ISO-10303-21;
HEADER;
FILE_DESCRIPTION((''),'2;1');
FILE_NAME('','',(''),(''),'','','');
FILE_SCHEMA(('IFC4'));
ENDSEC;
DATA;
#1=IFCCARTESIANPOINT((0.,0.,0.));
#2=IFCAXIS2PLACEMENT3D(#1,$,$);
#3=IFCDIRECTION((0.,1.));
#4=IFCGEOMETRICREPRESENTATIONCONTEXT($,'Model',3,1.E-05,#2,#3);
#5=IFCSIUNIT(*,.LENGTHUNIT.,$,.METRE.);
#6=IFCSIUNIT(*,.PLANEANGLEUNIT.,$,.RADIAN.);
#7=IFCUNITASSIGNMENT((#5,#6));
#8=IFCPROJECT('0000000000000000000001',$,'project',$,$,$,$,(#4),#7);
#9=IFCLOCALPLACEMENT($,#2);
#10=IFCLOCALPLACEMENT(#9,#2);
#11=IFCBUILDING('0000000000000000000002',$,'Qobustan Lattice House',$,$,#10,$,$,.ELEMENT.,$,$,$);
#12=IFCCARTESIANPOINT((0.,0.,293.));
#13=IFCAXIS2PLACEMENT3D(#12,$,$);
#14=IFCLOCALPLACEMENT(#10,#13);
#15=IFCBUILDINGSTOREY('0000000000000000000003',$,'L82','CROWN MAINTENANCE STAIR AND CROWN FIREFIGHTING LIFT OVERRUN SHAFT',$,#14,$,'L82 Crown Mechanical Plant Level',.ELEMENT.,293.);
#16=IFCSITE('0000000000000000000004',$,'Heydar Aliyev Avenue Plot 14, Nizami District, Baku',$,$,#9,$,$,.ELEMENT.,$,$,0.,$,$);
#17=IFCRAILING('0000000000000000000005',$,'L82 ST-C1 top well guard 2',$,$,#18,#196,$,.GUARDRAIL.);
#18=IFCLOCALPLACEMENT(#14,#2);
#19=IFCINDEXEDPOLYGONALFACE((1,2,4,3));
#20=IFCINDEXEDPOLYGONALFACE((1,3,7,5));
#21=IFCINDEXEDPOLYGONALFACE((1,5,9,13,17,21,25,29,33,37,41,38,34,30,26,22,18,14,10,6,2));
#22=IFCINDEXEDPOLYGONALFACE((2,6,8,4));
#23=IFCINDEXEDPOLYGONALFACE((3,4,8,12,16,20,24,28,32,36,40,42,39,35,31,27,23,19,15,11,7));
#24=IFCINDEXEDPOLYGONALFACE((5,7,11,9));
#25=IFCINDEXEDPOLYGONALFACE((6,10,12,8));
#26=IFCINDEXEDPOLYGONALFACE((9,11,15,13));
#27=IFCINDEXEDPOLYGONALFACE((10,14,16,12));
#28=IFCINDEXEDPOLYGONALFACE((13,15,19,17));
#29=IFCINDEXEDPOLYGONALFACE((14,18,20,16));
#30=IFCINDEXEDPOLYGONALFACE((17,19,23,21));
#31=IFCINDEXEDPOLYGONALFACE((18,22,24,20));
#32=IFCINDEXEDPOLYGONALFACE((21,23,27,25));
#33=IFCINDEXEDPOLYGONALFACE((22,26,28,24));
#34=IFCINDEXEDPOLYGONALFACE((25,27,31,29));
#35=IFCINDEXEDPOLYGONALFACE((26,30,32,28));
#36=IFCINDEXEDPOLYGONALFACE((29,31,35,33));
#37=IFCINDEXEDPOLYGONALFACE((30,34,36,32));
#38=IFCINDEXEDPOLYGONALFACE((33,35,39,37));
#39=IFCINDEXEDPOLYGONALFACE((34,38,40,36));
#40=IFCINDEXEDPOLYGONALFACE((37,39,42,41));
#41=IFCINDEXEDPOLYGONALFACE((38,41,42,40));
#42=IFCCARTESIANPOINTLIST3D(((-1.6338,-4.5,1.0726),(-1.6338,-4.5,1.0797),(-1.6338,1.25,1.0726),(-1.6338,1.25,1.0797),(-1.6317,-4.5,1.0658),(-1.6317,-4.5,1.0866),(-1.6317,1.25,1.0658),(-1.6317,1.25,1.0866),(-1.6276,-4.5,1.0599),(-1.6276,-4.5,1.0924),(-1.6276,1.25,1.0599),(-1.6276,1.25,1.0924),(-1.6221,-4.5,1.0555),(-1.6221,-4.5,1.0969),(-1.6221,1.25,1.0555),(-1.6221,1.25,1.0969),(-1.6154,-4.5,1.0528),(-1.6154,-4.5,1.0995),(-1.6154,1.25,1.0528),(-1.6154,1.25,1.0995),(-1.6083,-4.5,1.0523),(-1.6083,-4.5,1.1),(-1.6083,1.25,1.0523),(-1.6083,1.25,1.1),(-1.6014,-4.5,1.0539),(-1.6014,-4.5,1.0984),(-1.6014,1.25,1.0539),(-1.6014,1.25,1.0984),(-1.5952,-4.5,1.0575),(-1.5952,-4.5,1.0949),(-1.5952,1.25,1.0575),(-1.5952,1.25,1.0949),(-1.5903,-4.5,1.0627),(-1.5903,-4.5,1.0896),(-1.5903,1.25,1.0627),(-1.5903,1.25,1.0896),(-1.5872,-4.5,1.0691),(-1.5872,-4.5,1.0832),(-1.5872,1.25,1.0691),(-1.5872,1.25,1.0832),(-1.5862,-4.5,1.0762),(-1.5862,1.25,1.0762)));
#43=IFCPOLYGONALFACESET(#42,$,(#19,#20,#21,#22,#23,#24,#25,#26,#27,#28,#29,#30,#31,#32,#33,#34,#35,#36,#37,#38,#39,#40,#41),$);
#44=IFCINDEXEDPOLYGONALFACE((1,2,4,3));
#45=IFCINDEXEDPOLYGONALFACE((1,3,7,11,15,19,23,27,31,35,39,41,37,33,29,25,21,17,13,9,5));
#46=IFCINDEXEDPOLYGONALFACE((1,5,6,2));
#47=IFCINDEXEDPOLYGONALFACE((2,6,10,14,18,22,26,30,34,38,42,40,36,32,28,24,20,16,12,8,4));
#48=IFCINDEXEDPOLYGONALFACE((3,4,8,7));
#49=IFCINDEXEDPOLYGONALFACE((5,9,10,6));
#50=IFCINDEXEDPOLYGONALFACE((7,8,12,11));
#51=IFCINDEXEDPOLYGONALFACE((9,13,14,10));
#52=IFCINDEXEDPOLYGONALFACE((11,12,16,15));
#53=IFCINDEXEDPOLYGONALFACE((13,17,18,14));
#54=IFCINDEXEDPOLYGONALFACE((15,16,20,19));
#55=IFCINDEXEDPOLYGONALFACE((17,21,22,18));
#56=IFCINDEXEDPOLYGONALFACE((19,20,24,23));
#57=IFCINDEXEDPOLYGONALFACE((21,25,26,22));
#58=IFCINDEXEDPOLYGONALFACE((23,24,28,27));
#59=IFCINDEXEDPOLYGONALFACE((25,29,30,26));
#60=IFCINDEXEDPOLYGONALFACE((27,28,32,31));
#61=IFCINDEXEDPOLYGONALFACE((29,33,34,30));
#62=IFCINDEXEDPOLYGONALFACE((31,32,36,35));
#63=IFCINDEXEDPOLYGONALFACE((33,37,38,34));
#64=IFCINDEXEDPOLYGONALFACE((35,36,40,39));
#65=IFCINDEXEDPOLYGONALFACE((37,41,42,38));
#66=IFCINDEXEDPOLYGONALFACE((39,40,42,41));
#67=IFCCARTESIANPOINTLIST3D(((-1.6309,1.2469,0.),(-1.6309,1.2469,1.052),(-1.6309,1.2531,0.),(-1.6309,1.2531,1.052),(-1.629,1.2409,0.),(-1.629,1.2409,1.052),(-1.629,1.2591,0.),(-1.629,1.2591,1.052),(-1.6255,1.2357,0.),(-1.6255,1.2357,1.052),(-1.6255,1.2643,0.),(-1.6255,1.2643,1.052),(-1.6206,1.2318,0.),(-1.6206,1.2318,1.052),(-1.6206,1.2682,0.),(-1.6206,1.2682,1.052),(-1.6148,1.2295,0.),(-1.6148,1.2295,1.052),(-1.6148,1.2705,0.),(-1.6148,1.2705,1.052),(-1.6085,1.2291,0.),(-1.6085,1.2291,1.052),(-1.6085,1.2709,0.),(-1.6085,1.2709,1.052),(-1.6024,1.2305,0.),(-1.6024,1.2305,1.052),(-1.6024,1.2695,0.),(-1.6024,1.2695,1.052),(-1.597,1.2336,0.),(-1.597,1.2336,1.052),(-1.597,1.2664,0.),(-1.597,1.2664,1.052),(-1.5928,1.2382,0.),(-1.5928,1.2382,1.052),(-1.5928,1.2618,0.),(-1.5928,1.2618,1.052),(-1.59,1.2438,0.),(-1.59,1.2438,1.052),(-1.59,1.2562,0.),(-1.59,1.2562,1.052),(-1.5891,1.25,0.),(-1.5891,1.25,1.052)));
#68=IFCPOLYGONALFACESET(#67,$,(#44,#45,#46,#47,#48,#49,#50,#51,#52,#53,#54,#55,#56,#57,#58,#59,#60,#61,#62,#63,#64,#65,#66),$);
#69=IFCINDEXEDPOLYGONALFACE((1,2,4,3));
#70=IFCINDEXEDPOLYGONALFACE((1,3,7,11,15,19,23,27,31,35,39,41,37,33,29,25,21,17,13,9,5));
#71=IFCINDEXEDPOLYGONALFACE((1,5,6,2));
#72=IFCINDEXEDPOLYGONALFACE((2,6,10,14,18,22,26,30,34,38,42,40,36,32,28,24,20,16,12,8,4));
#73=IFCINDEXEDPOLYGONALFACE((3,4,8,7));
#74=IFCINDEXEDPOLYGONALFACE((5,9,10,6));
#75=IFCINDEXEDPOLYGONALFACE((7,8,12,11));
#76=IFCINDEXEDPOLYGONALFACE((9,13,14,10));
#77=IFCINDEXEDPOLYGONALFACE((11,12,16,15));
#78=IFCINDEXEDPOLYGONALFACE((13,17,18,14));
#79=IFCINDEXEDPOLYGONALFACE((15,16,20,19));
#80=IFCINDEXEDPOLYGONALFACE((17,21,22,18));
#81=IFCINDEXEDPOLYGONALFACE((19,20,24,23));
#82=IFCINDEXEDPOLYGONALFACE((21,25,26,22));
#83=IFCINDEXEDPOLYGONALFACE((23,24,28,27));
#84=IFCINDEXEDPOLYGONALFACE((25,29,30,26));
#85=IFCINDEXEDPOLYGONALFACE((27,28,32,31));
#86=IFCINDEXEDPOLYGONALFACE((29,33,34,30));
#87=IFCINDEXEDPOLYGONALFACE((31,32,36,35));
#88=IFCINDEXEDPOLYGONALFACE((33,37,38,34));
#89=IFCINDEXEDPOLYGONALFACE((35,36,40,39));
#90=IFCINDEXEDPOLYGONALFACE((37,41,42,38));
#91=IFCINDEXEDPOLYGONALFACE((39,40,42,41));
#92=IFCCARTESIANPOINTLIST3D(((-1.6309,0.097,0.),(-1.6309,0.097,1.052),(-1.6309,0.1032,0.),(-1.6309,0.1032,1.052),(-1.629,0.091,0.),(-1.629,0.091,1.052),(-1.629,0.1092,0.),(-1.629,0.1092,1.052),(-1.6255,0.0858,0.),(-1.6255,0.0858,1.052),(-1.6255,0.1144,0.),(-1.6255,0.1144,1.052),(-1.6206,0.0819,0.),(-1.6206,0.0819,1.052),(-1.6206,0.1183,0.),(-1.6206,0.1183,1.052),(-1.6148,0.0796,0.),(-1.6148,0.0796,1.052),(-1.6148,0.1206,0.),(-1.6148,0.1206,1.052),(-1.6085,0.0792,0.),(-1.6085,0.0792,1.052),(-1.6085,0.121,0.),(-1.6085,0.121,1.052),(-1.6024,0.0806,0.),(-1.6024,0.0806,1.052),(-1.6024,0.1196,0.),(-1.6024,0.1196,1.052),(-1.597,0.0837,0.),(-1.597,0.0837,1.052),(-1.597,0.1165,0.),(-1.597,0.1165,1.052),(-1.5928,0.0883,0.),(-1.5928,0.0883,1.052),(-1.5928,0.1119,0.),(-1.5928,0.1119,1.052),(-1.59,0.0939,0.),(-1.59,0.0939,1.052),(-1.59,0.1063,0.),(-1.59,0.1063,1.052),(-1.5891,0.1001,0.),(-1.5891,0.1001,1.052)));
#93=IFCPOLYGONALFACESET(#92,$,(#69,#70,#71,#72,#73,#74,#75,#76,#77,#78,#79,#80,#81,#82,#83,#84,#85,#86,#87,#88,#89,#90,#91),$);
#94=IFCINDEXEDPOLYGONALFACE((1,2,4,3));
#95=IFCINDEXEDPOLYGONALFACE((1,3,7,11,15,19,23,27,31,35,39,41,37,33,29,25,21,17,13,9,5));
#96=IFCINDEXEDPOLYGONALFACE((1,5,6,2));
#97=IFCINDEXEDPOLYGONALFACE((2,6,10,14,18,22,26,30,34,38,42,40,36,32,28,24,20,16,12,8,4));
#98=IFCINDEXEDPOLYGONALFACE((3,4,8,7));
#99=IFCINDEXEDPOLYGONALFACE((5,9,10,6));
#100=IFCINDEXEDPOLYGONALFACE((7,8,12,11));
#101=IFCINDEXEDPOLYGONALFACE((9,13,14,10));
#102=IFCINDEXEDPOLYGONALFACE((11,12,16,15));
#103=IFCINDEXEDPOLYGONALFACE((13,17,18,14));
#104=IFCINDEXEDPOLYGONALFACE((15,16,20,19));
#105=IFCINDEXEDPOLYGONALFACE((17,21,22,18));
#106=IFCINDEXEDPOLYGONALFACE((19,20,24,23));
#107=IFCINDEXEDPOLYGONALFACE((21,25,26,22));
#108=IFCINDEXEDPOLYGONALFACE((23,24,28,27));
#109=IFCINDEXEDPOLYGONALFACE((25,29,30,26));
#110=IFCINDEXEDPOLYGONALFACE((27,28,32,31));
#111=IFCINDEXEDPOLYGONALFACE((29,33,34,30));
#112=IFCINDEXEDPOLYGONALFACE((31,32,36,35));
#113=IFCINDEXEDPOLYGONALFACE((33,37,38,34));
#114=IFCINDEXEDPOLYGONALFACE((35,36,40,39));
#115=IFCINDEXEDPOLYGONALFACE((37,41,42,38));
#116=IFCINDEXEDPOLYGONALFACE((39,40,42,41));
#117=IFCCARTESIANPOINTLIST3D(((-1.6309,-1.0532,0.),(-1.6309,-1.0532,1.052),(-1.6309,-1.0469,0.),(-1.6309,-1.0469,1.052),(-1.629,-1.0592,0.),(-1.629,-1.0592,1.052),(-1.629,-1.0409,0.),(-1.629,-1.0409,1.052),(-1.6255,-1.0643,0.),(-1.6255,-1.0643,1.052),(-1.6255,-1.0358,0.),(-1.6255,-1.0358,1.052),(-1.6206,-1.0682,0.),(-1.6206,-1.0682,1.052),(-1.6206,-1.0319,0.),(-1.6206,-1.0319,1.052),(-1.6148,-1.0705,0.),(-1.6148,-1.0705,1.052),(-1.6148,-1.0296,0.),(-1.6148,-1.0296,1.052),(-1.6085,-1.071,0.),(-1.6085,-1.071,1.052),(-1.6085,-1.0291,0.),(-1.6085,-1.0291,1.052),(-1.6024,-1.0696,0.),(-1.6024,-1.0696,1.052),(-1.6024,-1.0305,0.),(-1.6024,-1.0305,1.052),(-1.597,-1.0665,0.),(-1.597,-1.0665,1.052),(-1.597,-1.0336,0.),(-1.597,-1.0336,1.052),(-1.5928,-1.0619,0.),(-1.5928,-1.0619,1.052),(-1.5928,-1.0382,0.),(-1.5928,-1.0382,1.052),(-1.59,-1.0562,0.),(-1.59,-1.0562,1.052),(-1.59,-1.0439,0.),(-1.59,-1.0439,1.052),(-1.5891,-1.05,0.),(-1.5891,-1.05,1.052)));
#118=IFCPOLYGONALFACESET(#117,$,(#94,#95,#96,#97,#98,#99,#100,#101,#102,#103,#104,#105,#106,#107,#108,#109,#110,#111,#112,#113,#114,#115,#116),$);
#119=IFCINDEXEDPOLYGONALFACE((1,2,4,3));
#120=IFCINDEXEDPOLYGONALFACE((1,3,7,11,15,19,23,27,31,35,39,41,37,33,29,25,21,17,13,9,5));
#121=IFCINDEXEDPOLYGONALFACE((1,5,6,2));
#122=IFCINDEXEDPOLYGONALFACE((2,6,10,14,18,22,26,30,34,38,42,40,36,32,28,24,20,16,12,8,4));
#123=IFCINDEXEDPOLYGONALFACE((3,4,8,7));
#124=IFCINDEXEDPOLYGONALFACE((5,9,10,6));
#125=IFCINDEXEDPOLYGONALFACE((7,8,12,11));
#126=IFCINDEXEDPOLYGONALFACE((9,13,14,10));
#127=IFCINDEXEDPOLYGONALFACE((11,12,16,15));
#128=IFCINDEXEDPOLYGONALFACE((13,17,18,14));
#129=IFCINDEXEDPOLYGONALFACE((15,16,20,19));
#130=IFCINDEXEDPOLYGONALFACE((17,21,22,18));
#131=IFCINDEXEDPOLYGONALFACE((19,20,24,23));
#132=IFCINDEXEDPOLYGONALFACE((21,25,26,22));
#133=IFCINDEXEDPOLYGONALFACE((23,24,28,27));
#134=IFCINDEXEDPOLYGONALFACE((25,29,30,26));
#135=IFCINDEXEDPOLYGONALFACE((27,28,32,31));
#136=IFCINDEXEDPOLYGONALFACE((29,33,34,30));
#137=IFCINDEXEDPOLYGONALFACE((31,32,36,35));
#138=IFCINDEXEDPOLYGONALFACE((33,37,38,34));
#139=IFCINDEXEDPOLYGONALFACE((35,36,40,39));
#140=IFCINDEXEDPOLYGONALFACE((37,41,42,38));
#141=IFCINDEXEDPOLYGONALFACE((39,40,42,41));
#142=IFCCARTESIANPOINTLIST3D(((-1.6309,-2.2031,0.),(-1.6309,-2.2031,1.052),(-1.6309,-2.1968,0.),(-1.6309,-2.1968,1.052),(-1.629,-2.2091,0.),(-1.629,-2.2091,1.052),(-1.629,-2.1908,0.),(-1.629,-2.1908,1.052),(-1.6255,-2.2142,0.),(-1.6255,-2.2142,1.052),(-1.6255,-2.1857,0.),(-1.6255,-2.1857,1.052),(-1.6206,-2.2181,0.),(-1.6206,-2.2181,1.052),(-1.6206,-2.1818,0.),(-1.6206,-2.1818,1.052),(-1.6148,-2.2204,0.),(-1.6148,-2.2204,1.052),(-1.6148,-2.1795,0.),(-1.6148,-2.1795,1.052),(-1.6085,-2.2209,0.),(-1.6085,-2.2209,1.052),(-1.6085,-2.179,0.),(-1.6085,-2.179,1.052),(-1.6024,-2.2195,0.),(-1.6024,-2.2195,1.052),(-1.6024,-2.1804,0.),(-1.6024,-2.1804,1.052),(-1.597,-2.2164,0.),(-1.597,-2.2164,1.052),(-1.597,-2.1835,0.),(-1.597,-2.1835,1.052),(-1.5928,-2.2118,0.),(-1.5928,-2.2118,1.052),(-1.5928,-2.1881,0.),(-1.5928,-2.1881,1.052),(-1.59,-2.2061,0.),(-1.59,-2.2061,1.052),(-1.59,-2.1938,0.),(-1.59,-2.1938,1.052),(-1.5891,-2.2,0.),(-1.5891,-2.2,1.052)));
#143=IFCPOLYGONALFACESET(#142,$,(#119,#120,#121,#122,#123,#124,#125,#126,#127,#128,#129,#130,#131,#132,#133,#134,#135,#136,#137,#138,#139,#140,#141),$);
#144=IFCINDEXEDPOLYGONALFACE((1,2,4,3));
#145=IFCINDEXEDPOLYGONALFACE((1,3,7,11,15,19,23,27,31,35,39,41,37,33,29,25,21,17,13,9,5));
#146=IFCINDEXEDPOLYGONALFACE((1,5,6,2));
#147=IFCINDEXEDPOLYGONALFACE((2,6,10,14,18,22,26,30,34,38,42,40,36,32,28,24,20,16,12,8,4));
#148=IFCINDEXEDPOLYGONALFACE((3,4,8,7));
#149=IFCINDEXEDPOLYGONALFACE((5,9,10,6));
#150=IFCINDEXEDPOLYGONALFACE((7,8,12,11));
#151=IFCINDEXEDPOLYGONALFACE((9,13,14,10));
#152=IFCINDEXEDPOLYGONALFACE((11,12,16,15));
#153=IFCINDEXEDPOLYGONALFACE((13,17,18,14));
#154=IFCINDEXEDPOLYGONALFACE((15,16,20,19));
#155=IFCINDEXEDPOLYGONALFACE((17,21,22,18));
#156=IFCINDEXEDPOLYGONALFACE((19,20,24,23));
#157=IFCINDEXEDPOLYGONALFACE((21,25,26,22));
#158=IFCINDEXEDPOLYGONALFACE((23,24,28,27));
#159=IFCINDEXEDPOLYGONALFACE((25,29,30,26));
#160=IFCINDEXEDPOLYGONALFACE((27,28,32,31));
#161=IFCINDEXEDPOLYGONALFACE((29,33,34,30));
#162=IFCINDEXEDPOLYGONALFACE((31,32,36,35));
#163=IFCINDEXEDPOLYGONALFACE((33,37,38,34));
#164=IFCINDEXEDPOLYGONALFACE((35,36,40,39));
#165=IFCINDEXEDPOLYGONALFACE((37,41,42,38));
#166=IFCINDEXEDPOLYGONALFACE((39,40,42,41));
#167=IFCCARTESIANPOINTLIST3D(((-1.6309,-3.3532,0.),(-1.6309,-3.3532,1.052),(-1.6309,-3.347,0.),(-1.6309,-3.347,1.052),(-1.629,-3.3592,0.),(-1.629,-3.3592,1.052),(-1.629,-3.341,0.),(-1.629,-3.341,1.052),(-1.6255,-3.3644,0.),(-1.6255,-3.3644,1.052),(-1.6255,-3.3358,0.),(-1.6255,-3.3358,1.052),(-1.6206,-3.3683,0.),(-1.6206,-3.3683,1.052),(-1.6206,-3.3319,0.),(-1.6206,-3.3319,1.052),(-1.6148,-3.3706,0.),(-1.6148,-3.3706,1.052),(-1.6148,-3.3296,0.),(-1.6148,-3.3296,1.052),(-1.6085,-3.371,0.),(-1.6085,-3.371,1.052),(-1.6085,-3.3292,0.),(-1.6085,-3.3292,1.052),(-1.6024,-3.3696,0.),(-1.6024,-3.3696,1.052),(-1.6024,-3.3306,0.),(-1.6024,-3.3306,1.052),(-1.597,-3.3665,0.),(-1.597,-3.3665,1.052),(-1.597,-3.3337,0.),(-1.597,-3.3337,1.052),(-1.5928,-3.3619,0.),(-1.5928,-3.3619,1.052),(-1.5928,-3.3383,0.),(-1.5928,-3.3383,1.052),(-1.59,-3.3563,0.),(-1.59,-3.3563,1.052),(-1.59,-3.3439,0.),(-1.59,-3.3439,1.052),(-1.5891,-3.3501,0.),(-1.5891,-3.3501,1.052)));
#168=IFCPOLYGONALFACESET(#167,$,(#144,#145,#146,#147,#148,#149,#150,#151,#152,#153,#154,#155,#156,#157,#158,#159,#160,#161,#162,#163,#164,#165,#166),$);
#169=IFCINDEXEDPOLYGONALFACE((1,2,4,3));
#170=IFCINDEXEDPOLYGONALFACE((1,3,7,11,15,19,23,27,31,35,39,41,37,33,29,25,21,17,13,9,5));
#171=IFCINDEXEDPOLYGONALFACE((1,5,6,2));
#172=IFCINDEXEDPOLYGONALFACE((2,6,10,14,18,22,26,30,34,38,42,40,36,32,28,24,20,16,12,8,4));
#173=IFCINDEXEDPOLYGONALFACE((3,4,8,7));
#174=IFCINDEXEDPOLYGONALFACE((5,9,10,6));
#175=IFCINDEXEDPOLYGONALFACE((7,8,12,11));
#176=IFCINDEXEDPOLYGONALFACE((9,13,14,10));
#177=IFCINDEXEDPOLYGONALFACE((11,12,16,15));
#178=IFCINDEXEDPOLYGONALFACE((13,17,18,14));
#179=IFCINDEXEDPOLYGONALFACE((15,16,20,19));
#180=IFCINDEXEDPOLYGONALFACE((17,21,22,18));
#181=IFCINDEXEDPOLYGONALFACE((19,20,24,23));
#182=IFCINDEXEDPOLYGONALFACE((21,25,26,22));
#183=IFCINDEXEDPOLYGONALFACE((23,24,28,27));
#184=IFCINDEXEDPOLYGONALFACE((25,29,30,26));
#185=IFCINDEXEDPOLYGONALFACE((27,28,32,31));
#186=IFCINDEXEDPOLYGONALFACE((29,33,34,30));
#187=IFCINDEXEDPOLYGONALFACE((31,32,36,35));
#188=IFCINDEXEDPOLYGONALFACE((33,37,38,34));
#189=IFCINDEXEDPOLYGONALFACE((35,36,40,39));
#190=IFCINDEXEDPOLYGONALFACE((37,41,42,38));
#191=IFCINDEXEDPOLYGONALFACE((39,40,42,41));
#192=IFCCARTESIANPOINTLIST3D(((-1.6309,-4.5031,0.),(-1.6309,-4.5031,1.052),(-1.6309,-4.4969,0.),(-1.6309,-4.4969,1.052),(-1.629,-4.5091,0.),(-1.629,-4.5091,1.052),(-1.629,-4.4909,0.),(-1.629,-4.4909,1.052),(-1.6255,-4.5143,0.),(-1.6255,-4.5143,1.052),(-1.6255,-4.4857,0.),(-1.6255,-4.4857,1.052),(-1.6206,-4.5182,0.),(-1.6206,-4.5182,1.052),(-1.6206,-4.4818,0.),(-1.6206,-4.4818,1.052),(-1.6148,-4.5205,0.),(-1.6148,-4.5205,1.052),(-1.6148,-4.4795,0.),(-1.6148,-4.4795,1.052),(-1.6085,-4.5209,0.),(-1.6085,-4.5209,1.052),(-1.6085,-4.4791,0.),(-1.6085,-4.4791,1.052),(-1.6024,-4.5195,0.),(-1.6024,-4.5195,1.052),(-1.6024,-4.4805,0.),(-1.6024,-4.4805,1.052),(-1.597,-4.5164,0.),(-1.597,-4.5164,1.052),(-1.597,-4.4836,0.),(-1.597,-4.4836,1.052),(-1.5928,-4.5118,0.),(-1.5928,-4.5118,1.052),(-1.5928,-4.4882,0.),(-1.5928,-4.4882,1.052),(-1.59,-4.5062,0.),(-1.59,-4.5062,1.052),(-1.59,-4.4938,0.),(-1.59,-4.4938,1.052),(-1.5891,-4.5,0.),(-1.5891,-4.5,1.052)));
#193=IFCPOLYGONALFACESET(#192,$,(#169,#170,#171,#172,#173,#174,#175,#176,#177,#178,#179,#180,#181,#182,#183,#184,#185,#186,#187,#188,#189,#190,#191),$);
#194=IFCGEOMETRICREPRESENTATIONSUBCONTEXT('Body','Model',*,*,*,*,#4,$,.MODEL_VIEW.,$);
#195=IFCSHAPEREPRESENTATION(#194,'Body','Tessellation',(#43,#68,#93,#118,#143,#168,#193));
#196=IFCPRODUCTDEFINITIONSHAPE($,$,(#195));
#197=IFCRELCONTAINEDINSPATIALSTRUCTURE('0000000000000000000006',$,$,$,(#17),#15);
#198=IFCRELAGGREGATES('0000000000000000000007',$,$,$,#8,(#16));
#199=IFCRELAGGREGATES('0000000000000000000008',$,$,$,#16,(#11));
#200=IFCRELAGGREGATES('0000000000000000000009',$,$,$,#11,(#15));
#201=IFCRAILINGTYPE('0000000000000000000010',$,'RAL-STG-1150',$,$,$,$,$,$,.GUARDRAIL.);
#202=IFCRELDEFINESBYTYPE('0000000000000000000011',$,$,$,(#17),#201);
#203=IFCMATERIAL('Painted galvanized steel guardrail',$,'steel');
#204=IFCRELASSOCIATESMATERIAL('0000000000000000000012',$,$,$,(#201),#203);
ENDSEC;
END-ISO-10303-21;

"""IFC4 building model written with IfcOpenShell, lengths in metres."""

from ifc_helpers import new_model, si_unit, direction, frame, origin, origin_2d, place, context, subcontext, project, spatial, circle, extrude, material, type_object, element, save


model = new_model("IFC4")

# Units and contexts
model_context = context("Model", 3, precision=1e-05, world=origin(), true_north=direction((0.0, 1.0)))
body_context = subcontext(model_context, "Body", "Model", "MODEL_VIEW")
ifc_project = project(units=[si_unit("LENGTHUNIT", "METRE"), si_unit("PLANEANGLEUNIT", "RADIAN")], contexts=[model_context])

# Site, building, storey
site_placement = place(None, origin())
site = spatial("IfcSite", under=ifc_project, at=site_placement, Name="Heydar Aliyev Avenue Plot 14, Nizami District, Baku", CompositionType="ELEMENT", RefElevation=0.0)
building_placement = place(site_placement, origin())
building = spatial("IfcBuilding", under=site, at=building_placement, Name="Qobustan Lattice House", CompositionType="ELEMENT")
storey_placement = place(building_placement, frame((0.0, 0.0, 293.0)))
storey = spatial("IfcBuildingStorey", under=building, at=storey_placement, Name="L82", Description="CROWN MAINTENANCE STAIR AND CROWN FIREFIGHTING LIFT OVERRUN SHAFT", LongName="L82 Crown Mechanical Plant Level", CompositionType="ELEMENT", Elevation=293.0)

# Railing
ifc_material_1 = material(Name="Painted galvanized steel guardrail", Category="steel")
railing_type = type_object("IfcRailingType", Name="RAL-STG-1150", PredefinedType="GUARDRAIL", material=ifc_material_1)
railing_1_placement = place(storey_placement, frame((-1.6101, 1.25, 0.0)))
element("IfcRailing", 1, at=railing_1_placement, inside=storey, type_object=railing_type, Name="L82 ST-C1 top well guard 2", PredefinedType="GUARDRAIL", context=body_context, shape_type="SweptSolid", body=[
    extrude(circle(Radius=0.0239, at=origin_2d()), frame((0.0, 0.0, 1.0762), z_axis=(0.0, -1.0, 0.0), x_axis=(1.0, 0.0, 0.0)), (0.0, 0.0, 1.0), 5.75),
    extrude(circle(Radius=0.021, at=origin_2d()), origin(), (0.0, 0.0, 1.0), 1.052),
    extrude(circle(Radius=0.021, at=origin_2d()), frame((0.0, -1.1499, 0.0)), (0.0, 0.0, 1.0), 1.052),
    extrude(circle(Radius=0.021, at=origin_2d()), frame((0.0, -2.3, 0.0)), (0.0, 0.0, 1.0), 1.052),
    extrude(circle(Radius=0.021, at=origin_2d()), frame((0.0, -3.45, 0.0)), (0.0, 0.0, 1.0), 1.052),
    extrude(circle(Radius=0.021, at=origin_2d()), frame((0.0, -4.6001, 0.0)), (0.0, 0.0, 1.0), 1.052),
    extrude(circle(Radius=0.021, at=origin_2d()), frame((0.0, -5.75, 0.0)), (0.0, 0.0, 1.0), 1.052),
])

save(model, "model.ifc")
